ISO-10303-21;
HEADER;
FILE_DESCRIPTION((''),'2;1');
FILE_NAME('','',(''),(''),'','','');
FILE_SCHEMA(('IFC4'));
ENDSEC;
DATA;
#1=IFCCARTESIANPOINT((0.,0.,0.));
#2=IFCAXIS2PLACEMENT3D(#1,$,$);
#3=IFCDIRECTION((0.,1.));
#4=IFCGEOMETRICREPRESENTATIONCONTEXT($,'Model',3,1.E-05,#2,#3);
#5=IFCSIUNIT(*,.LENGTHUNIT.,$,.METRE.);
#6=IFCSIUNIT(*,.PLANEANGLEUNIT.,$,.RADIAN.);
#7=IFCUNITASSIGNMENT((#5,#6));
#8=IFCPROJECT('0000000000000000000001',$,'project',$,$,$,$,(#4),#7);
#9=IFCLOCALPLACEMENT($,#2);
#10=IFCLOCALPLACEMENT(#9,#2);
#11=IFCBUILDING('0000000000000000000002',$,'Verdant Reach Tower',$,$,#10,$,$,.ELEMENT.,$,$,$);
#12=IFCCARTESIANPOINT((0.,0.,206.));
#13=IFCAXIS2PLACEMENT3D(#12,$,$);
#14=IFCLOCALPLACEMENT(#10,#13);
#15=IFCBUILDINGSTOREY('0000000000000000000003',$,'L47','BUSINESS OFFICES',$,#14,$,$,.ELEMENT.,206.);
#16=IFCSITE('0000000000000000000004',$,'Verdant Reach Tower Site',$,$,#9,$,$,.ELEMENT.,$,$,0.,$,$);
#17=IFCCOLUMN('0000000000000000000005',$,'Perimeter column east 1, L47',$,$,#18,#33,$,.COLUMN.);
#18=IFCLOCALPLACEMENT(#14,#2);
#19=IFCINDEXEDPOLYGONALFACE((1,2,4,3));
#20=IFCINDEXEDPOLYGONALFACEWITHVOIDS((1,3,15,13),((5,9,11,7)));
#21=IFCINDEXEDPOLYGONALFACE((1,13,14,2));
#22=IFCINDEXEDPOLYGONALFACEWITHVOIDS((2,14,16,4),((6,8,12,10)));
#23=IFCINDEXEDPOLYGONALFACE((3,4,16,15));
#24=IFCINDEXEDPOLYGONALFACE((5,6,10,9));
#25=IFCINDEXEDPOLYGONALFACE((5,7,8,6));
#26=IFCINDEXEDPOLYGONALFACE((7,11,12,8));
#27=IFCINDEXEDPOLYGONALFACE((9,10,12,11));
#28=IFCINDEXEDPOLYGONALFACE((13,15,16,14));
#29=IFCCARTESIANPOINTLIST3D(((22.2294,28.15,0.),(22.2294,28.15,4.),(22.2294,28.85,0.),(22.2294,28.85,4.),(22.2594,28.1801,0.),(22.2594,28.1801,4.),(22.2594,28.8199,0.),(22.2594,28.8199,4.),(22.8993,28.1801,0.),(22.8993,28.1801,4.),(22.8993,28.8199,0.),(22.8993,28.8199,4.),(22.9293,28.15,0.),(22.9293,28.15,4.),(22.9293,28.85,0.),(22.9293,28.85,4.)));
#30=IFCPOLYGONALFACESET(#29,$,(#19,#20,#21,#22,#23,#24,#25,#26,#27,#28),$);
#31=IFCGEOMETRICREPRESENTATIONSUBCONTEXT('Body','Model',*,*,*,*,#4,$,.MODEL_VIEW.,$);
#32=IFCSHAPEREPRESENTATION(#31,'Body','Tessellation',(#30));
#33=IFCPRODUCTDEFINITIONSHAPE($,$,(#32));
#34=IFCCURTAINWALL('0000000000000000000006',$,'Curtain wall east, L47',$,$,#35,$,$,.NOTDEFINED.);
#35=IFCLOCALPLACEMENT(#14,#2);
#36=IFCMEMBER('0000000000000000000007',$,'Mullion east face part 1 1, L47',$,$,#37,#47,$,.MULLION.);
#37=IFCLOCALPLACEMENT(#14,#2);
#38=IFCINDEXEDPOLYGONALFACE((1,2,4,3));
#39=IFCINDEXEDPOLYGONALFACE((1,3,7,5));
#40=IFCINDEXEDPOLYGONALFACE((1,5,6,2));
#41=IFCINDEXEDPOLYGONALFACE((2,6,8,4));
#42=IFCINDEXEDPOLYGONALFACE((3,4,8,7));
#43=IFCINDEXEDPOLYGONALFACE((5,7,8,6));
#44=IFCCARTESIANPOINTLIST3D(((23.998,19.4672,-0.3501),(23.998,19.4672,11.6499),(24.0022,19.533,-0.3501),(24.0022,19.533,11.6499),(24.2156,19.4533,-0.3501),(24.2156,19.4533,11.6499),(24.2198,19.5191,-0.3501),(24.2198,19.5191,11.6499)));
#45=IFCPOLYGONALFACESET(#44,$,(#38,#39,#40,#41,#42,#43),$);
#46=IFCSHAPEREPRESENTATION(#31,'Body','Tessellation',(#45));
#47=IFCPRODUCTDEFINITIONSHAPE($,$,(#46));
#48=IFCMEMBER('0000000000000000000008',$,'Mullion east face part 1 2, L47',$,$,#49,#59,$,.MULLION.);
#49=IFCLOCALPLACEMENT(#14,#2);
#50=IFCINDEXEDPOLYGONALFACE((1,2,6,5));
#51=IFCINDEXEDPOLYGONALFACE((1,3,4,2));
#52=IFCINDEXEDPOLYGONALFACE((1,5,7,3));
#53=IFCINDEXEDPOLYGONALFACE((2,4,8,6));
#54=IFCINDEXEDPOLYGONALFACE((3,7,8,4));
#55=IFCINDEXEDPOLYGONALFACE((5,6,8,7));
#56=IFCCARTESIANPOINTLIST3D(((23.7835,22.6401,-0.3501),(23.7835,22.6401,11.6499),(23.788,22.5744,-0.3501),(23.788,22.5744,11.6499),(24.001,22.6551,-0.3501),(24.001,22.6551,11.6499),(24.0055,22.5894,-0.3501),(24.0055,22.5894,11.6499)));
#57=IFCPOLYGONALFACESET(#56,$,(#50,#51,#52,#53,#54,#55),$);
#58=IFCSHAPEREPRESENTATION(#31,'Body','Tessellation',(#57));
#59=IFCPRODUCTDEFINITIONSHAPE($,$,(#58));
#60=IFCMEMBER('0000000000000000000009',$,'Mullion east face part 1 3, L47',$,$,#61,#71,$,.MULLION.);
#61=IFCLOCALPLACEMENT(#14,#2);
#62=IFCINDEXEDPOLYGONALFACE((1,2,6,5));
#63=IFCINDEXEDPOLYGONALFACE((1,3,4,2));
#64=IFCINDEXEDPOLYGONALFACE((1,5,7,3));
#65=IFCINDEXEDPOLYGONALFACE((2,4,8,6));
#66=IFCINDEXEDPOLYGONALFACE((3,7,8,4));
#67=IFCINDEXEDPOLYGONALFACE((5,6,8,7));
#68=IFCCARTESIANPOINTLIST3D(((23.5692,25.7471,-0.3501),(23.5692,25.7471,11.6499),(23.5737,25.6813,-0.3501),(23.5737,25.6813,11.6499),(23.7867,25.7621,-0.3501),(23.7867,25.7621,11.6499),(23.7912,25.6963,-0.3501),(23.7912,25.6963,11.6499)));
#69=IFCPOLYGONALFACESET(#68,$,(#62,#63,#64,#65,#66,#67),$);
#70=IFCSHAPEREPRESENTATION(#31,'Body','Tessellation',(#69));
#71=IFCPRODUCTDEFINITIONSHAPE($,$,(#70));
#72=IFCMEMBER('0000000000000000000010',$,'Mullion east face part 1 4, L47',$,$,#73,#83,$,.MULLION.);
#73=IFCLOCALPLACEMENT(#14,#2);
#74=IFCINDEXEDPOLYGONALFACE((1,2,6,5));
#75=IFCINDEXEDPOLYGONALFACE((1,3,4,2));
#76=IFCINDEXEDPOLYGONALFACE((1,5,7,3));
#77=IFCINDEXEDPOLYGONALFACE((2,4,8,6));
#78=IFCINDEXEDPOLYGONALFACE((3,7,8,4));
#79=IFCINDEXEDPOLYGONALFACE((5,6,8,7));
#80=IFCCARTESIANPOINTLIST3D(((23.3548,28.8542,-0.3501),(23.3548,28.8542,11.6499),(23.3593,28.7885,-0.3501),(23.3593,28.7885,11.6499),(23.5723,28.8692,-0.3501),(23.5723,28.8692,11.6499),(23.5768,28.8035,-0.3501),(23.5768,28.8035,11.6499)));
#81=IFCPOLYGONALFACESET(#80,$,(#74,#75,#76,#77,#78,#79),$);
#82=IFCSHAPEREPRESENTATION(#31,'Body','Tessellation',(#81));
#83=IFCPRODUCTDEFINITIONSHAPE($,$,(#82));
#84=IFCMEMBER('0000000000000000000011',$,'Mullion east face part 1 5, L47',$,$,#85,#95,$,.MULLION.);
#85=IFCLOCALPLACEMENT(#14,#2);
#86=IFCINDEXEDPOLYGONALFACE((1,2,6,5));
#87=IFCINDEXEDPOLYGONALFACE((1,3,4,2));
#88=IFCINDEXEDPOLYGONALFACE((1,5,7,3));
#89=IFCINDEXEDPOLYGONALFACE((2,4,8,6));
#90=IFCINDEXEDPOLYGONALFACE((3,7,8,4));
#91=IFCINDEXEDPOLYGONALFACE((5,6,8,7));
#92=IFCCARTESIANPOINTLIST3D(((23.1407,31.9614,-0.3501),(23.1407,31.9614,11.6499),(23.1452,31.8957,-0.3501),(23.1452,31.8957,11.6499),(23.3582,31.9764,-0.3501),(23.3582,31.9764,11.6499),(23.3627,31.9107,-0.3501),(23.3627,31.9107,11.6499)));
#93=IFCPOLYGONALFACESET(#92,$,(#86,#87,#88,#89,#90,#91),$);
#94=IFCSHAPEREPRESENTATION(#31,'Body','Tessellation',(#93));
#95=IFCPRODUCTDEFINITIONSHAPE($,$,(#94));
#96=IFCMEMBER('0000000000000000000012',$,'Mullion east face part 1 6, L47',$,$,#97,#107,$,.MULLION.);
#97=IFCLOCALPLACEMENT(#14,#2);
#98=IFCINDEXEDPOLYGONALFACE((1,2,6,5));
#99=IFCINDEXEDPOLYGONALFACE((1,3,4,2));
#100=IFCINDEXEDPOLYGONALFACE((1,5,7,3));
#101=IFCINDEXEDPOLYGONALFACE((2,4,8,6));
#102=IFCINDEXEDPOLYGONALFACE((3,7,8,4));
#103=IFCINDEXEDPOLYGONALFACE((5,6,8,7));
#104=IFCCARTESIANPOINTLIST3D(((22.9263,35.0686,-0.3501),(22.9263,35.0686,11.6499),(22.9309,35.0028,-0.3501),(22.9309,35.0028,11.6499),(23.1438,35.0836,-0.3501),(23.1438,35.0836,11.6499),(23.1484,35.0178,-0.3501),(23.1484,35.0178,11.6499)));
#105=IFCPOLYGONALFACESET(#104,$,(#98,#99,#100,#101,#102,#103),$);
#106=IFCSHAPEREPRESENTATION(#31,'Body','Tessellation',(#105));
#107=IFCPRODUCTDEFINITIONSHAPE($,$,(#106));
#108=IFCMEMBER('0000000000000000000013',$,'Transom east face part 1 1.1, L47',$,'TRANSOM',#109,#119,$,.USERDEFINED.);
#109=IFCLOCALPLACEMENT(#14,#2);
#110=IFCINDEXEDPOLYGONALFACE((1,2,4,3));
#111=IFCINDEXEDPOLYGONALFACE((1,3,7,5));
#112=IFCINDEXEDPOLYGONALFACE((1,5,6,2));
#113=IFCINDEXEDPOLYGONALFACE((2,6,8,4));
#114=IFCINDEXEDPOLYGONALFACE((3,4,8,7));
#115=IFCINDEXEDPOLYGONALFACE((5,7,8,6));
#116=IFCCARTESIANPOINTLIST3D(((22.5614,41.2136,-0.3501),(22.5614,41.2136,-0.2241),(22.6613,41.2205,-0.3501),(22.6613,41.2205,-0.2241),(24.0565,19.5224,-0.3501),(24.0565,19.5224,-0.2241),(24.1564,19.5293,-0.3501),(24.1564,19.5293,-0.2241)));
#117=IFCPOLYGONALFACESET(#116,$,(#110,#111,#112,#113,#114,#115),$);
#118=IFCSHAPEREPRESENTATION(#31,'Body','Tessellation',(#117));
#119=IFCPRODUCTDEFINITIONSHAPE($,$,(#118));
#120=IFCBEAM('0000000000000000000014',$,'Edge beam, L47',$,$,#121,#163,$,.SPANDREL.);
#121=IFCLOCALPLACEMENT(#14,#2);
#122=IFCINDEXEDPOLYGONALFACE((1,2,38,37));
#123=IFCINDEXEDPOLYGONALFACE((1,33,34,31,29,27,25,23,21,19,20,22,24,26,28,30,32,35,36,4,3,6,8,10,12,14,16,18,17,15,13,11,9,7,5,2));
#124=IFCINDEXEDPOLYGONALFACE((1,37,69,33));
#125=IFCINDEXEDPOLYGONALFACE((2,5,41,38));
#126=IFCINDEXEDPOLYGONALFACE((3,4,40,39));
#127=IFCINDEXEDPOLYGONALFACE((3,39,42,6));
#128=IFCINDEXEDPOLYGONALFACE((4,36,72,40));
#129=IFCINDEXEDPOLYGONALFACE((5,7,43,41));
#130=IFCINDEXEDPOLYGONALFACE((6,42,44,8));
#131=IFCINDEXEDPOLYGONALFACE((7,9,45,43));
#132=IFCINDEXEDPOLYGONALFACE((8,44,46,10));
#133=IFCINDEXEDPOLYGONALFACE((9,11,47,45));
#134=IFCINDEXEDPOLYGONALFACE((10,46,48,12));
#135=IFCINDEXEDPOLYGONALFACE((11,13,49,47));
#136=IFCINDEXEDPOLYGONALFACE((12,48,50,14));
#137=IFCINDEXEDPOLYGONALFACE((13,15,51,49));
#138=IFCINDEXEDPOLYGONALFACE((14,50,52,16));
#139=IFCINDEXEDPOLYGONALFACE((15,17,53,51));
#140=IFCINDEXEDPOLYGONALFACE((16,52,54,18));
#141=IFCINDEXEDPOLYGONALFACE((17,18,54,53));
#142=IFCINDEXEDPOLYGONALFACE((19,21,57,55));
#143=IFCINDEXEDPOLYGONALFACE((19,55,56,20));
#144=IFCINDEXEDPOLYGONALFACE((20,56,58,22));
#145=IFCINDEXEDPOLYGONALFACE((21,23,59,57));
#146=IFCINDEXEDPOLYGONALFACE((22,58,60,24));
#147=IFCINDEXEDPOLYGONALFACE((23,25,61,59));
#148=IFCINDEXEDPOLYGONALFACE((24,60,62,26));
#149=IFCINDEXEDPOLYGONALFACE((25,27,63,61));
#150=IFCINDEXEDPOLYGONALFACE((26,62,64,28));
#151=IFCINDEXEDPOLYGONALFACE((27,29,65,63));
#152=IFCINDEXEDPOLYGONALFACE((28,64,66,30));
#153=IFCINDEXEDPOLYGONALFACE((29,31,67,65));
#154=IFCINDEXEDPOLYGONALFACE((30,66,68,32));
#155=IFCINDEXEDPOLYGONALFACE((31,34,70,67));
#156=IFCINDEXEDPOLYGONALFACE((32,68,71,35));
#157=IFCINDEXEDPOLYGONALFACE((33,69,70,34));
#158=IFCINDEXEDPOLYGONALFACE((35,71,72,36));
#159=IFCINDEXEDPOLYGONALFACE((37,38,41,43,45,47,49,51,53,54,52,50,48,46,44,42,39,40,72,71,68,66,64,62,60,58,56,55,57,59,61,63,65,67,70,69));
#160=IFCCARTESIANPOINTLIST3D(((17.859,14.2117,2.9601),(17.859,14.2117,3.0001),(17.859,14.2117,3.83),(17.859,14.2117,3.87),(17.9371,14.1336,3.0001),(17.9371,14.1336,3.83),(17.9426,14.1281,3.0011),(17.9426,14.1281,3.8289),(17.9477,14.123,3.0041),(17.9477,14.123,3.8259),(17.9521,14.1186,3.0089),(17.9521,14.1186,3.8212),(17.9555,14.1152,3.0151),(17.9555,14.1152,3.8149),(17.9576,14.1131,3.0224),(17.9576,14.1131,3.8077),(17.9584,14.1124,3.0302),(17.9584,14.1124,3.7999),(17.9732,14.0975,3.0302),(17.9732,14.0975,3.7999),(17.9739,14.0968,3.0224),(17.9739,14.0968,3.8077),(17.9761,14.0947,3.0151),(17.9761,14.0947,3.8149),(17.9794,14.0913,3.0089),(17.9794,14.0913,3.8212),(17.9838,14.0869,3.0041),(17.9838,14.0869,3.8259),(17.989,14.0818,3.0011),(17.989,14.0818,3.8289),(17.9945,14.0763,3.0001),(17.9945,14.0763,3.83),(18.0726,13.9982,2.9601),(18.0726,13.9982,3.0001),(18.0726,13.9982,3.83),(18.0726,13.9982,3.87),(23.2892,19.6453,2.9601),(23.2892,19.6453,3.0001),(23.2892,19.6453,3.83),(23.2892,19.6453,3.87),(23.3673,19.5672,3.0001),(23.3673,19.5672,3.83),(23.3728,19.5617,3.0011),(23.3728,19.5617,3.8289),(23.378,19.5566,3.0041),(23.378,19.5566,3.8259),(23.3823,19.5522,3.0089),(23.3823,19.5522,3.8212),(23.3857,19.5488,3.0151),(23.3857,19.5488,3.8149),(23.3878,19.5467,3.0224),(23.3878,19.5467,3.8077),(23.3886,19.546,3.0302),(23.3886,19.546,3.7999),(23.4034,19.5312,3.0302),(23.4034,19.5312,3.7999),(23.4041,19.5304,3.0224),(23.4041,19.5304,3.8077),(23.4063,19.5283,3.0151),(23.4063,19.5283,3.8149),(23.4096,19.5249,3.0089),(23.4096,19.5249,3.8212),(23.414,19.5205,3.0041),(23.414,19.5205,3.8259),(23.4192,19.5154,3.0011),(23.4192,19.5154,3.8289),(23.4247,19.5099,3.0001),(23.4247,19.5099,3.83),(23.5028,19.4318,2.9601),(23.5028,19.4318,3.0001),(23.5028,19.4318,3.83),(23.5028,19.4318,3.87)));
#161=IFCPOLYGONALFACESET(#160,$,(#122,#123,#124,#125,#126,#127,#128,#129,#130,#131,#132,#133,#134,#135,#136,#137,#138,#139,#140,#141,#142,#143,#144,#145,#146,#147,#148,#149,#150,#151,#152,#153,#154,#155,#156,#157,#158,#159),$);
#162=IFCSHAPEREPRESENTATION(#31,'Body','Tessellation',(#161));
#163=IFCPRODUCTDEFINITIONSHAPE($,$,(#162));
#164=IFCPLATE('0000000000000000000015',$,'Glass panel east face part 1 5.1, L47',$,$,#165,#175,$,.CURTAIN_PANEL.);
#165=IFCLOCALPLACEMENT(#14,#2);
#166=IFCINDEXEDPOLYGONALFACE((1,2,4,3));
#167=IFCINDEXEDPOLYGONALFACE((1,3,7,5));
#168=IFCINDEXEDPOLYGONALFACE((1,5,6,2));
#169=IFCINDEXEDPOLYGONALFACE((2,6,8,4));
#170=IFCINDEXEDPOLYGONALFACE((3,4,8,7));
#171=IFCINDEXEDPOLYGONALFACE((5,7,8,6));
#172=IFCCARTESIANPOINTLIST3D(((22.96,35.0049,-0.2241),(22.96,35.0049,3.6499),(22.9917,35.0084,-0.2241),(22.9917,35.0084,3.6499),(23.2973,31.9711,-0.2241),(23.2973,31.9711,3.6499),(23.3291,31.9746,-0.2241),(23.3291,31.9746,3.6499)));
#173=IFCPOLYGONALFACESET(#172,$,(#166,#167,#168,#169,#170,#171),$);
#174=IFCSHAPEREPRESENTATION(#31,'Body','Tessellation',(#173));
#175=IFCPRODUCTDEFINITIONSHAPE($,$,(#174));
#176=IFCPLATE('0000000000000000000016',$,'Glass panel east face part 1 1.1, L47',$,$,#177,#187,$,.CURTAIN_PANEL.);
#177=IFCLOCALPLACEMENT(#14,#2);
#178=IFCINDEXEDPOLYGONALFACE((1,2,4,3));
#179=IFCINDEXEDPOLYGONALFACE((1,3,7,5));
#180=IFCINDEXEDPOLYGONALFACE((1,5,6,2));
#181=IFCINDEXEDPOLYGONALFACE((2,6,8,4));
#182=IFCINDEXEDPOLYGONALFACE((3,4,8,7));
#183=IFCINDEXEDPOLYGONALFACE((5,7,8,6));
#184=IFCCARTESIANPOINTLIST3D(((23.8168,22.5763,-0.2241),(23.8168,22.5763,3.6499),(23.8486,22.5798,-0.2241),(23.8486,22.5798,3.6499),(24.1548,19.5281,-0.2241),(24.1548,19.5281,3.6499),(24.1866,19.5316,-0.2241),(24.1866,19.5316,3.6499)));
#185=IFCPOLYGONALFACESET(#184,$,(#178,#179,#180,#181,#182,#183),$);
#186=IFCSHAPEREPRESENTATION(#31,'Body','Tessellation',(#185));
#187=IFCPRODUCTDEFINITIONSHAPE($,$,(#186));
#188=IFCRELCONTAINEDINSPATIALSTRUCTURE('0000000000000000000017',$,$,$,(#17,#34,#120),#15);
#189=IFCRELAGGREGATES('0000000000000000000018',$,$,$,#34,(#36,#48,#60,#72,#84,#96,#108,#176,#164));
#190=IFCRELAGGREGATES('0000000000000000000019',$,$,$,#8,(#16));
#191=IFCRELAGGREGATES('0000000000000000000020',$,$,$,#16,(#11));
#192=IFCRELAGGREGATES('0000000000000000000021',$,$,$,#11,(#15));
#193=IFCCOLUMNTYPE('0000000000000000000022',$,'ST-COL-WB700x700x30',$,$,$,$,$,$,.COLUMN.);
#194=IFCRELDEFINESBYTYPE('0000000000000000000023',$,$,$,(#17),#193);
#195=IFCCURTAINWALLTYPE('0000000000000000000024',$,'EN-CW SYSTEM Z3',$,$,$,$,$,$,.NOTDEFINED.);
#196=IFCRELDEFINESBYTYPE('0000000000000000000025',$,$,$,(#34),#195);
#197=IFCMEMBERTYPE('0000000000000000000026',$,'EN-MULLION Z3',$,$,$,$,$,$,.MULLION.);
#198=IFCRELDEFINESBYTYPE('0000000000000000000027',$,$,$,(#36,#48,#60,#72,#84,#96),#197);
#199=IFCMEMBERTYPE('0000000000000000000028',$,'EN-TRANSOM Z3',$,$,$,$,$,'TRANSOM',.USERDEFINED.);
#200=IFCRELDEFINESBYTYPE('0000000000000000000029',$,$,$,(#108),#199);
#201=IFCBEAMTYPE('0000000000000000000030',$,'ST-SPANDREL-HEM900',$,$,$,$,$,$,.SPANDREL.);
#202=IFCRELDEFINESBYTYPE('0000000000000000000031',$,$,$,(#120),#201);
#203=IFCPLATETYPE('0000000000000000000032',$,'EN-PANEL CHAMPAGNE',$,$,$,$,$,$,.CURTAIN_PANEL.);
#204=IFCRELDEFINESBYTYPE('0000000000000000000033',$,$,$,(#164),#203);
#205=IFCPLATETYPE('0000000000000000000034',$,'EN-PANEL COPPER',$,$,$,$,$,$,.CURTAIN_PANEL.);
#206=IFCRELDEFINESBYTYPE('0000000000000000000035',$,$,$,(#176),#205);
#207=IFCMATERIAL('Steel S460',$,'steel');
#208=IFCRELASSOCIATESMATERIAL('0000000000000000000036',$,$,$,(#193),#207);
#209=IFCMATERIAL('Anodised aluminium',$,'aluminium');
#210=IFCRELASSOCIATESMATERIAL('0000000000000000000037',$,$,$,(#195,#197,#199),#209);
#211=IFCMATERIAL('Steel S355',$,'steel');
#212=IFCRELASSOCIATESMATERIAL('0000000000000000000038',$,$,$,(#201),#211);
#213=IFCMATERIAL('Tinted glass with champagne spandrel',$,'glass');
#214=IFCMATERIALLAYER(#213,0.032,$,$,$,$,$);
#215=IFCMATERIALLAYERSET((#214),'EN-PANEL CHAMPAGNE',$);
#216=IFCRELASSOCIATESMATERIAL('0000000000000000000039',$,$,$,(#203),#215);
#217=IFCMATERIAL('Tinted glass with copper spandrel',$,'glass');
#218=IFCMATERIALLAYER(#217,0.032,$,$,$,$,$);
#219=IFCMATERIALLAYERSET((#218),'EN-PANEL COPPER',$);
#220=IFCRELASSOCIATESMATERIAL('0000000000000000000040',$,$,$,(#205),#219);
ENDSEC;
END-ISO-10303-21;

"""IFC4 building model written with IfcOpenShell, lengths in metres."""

from ifc_helpers import new_model, si_unit, direction, frame, origin, origin_2d, place, context, subcontext, project, spatial, rectangle, hollow_rectangle, i_section, extrude, material, layer, layer_set, material_profile, profile_set, type_object, element, aggregate, save


model = new_model("IFC4")

# Units and contexts
model_context = context("Model", 3, precision=1e-05, world=origin(), true_north=direction((0.0, 1.0)))
body_context = subcontext(model_context, "Body", "Model", "MODEL_VIEW")
ifc_project = project(units=[si_unit("LENGTHUNIT", "METRE"), si_unit("PLANEANGLEUNIT", "RADIAN")], contexts=[model_context])

# Site, building, storey
site_placement = place(None, origin())
site = spatial("IfcSite", under=ifc_project, at=site_placement, Name="Verdant Reach Tower Site", CompositionType="ELEMENT", RefElevation=0.0)
building_placement = place(site_placement, origin())
building = spatial("IfcBuilding", under=site, at=building_placement, Name="Verdant Reach Tower", CompositionType="ELEMENT")
storey_placement = place(building_placement, frame((0.0, 0.0, 206.0)))
storey = spatial("IfcBuildingStorey", under=building, at=storey_placement, Name="L47", Description="BUSINESS OFFICES", CompositionType="ELEMENT", Elevation=206.0)

# Column
ifc_material_1 = material(Name="Steel S460", Category="steel")
ifc_material_profile_1 = material_profile(ifc_material_1, hollow_rectangle(XDim=0.7, YDim=0.7, WallThickness=0.03, at=origin_2d()), Name="WB 700x700x30")
ifc_profile_set_1 = profile_set([ifc_material_profile_1], Name="Steel S460")
column_type = type_object("IfcColumnType", Name="ST-COL-WB700x700x30", PredefinedType="COLUMN", material=ifc_profile_set_1)
column_placement = place(storey_placement, frame((22.5793, 28.5, 0.0), z_axis=(0.0, 0.0, 1.0), x_axis=(1.0, 0.0, 0.0)))
element("IfcColumn", 1, at=column_placement, inside=storey, type_object=column_type, Name="Perimeter column east 1, L47", PredefinedType="COLUMN", context=body_context, shape_type="SweptSolid", body=[
    extrude(hollow_rectangle(XDim=0.7, YDim=0.7, WallThickness=0.03, at=origin_2d()), origin(), (0.0, 0.0, 1.0), 4.0),
])

# Curtain wall, members
ifc_material_2 = material(Name="Anodised aluminium", Category="aluminium")
curtain_wall_type = type_object("IfcCurtainWallType", Name="EN-CW SYSTEM Z3", PredefinedType="NOTDEFINED", material=ifc_material_2)
curtain_wall_placement = place(storey_placement, origin())
curtain_wall = element("IfcCurtainWall", 2, at=curtain_wall_placement, inside=storey, type_object=curtain_wall_type, Name="Curtain wall east, L47", PredefinedType="NOTDEFINED")
ifc_material_profile_2 = material_profile(ifc_material_2, rectangle(XDim=0.218, YDim=0.0659, at=origin_2d()), Name="Mullion 66x218")
ifc_profile_set_2 = profile_set([ifc_material_profile_2], Name="Anodised aluminium")
member_type_1 = type_object("IfcMemberType", Name="EN-MULLION Z3", PredefinedType="MULLION", material=ifc_profile_set_2)
member_1_placement = place(storey_placement, frame((24.1089, 19.4932, -0.3501), z_axis=(0.0, 0.0, 1.0), x_axis=(0.997969, -0.063699, 0.0)))
member_1 = element("IfcMember", 3, at=member_1_placement, type_object=member_type_1, Name="Mullion east face part 1 1, L47", PredefinedType="MULLION", context=body_context, shape_type="SweptSolid", body=[
    extrude(rectangle(XDim=0.218, YDim=0.0659, at=origin_2d()), origin(), (0.0, 0.0, 1.0), 12.0),
])
member_2_placement = place(storey_placement, frame((23.8945, 22.6147, -0.3501), z_axis=(0.0, 0.0, 1.0), x_axis=(0.99763, 0.068802, 0.0)))
member_2 = element("IfcMember", 4, at=member_2_placement, type_object=member_type_1, Name="Mullion east face part 1 2, L47", PredefinedType="MULLION", context=body_context, shape_type="SweptSolid", body=[
    extrude(rectangle(XDim=0.218, YDim=0.0659, at=origin_2d()), origin(), (0.0, 0.0, 1.0), 12.0),
])
member_3_placement = place(storey_placement, frame((23.6802, 25.7217, -0.3501), z_axis=(0.0, 0.0, 1.0), x_axis=(0.99763, 0.068802, 0.0)))
member_3 = element("IfcMember", 5, at=member_3_placement, type_object=member_type_1, Name="Mullion east face part 1 3, L47", PredefinedType="MULLION", context=body_context, shape_type="SweptSolid", body=[
    extrude(rectangle(XDim=0.218, YDim=0.0659, at=origin_2d()), origin(), (0.0, 0.0, 1.0), 12.0),
])
member_4_placement = place(storey_placement, frame((23.4658, 28.8289, -0.3501), z_axis=(0.0, 0.0, 1.0), x_axis=(0.99763, 0.068802, 0.0)))
member_4 = element("IfcMember", 6, at=member_4_placement, type_object=member_type_1, Name="Mullion east face part 1 4, L47", PredefinedType="MULLION", context=body_context, shape_type="SweptSolid", body=[
    extrude(rectangle(XDim=0.218, YDim=0.0659, at=origin_2d()), origin(), (0.0, 0.0, 1.0), 12.0),
])
member_5_placement = place(storey_placement, frame((23.2517, 31.936, -0.3501), z_axis=(0.0, 0.0, 1.0), x_axis=(0.99763, 0.068802, 0.0)))
member_5 = element("IfcMember", 7, at=member_5_placement, type_object=member_type_1, Name="Mullion east face part 1 5, L47", PredefinedType="MULLION", context=body_context, shape_type="SweptSolid", body=[
    extrude(rectangle(XDim=0.218, YDim=0.0659, at=origin_2d()), origin(), (0.0, 0.0, 1.0), 12.0),
])
member_6_placement = place(storey_placement, frame((23.0374, 35.0432, -0.3501), z_axis=(0.0, 0.0, 1.0), x_axis=(0.99763, 0.068802, 0.0)))
member_6 = element("IfcMember", 8, at=member_6_placement, type_object=member_type_1, Name="Mullion east face part 1 6, L47", PredefinedType="MULLION", context=body_context, shape_type="SweptSolid", body=[
    extrude(rectangle(XDim=0.218, YDim=0.0659, at=origin_2d()), origin(), (0.0, 0.0, 1.0), 12.0),
])
ifc_material_profile_3 = material_profile(ifc_material_2, rectangle(XDim=0.1001, YDim=0.126, at=origin_2d()), Name="Transom 126x100")
ifc_profile_set_3 = profile_set([ifc_material_profile_3], Name="Anodised aluminium")
member_type_2 = type_object("IfcMemberType", Name="EN-TRANSOM Z3", ElementType="TRANSOM", PredefinedType="USERDEFINED", material=ifc_profile_set_3)
member_7_placement = place(storey_placement, frame((24.1064, 19.5259, -0.2871), z_axis=(-0.068764, 0.997633, 0.0), x_axis=(-0.997633, -0.068764, 0.0)))
member_7 = element("IfcMember", 9, at=member_7_placement, type_object=member_type_2, Name="Transom east face part 1 1.1, L47", ObjectType="TRANSOM", PredefinedType="USERDEFINED", context=body_context, shape_type="SweptSolid", body=[
    extrude(rectangle(XDim=0.1001, YDim=0.126, at=origin_2d()), origin(), (0.0, 0.0, 1.0), 21.7427),
])

# Beam
ifc_material_3 = material(Name="Steel S355", Category="steel")
ifc_material_profile_4 = material_profile(ifc_material_3, i_section(OverallWidth=0.302, OverallDepth=0.9099, WebThickness=0.021, FlangeThickness=0.04, FilletRadius=0.03, at=origin_2d()), Name="HEM 900")
ifc_profile_set_4 = profile_set([ifc_material_profile_4], Name="Steel S355")
beam_type = type_object("IfcBeamType", Name="ST-SPANDREL-HEM900", PredefinedType="SPANDREL", material=ifc_profile_set_4)
beam_placement = place(storey_placement, frame((23.396, 19.5386, 3.415), z_axis=(-0.706884, -0.707329, 0.0), x_axis=(0.707329, -0.706884, 0.0)))
element("IfcBeam", 10, at=beam_placement, inside=storey, type_object=beam_type, Name="Edge beam, L47", PredefinedType="SPANDREL", context=body_context, shape_type="SweptSolid", body=[
    extrude(i_section(OverallWidth=0.302, OverallDepth=0.9099, WebThickness=0.021, FlangeThickness=0.04, FilletRadius=0.03, at=origin_2d()), origin(), (0.0, 0.0, 1.0), 7.6819),
])

# Plates
ifc_material_4 = material(Name="Tinted glass with champagne spandrel", Category="glass")
ifc_layer_1 = layer(ifc_material_4, 0.032)
ifc_layer_set_1 = layer_set([ifc_layer_1], Name="EN-PANEL CHAMPAGNE")
plate_type_1 = type_object("IfcPlateType", Name="EN-PANEL CHAMPAGNE", PredefinedType="CURTAIN_PANEL", material=ifc_layer_set_1)
plate_1_placement = place(storey_placement, frame((23.1445, 33.4897, -0.2241), z_axis=(0.0, 0.0, 1.0), x_axis=(-0.110518, 0.993874, 0.0)))
plate_1 = element("IfcPlate", 11, at=plate_1_placement, type_object=plate_type_1, Name="Glass panel east face part 1 5.1, L47", PredefinedType="CURTAIN_PANEL", context=body_context, shape_type="SweptSolid", body=[
    extrude(rectangle(XDim=3.0525, YDim=0.032, at=origin_2d()), origin(), (0.0, 0.0, 1.0), 3.874),
])
ifc_material_5 = material(Name="Tinted glass with copper spandrel", Category="glass")
ifc_layer_2 = layer(ifc_material_5, 0.032)
ifc_layer_set_2 = layer_set([ifc_layer_2], Name="EN-PANEL COPPER")
plate_type_2 = type_object("IfcPlateType", Name="EN-PANEL COPPER", PredefinedType="CURTAIN_PANEL", material=ifc_layer_set_2)
plate_2_placement = place(storey_placement, frame((24.0017, 21.054, -0.2241), z_axis=(0.0, 0.0, 1.0), x_axis=(-0.110214, 0.993908, 0.0)))
plate_2 = element("IfcPlate", 12, at=plate_2_placement, type_object=plate_type_2, Name="Glass panel east face part 1 1.1, L47", PredefinedType="CURTAIN_PANEL", context=body_context, shape_type="SweptSolid", body=[
    extrude(rectangle(XDim=3.0669, YDim=0.032, at=origin_2d()), origin(), (0.0, 0.0, 1.0), 3.874),
])
aggregate(curtain_wall, [member_1, member_2, member_3, member_4, member_5, member_6, member_7, plate_2, plate_1])

save(model, "model.ifc")
